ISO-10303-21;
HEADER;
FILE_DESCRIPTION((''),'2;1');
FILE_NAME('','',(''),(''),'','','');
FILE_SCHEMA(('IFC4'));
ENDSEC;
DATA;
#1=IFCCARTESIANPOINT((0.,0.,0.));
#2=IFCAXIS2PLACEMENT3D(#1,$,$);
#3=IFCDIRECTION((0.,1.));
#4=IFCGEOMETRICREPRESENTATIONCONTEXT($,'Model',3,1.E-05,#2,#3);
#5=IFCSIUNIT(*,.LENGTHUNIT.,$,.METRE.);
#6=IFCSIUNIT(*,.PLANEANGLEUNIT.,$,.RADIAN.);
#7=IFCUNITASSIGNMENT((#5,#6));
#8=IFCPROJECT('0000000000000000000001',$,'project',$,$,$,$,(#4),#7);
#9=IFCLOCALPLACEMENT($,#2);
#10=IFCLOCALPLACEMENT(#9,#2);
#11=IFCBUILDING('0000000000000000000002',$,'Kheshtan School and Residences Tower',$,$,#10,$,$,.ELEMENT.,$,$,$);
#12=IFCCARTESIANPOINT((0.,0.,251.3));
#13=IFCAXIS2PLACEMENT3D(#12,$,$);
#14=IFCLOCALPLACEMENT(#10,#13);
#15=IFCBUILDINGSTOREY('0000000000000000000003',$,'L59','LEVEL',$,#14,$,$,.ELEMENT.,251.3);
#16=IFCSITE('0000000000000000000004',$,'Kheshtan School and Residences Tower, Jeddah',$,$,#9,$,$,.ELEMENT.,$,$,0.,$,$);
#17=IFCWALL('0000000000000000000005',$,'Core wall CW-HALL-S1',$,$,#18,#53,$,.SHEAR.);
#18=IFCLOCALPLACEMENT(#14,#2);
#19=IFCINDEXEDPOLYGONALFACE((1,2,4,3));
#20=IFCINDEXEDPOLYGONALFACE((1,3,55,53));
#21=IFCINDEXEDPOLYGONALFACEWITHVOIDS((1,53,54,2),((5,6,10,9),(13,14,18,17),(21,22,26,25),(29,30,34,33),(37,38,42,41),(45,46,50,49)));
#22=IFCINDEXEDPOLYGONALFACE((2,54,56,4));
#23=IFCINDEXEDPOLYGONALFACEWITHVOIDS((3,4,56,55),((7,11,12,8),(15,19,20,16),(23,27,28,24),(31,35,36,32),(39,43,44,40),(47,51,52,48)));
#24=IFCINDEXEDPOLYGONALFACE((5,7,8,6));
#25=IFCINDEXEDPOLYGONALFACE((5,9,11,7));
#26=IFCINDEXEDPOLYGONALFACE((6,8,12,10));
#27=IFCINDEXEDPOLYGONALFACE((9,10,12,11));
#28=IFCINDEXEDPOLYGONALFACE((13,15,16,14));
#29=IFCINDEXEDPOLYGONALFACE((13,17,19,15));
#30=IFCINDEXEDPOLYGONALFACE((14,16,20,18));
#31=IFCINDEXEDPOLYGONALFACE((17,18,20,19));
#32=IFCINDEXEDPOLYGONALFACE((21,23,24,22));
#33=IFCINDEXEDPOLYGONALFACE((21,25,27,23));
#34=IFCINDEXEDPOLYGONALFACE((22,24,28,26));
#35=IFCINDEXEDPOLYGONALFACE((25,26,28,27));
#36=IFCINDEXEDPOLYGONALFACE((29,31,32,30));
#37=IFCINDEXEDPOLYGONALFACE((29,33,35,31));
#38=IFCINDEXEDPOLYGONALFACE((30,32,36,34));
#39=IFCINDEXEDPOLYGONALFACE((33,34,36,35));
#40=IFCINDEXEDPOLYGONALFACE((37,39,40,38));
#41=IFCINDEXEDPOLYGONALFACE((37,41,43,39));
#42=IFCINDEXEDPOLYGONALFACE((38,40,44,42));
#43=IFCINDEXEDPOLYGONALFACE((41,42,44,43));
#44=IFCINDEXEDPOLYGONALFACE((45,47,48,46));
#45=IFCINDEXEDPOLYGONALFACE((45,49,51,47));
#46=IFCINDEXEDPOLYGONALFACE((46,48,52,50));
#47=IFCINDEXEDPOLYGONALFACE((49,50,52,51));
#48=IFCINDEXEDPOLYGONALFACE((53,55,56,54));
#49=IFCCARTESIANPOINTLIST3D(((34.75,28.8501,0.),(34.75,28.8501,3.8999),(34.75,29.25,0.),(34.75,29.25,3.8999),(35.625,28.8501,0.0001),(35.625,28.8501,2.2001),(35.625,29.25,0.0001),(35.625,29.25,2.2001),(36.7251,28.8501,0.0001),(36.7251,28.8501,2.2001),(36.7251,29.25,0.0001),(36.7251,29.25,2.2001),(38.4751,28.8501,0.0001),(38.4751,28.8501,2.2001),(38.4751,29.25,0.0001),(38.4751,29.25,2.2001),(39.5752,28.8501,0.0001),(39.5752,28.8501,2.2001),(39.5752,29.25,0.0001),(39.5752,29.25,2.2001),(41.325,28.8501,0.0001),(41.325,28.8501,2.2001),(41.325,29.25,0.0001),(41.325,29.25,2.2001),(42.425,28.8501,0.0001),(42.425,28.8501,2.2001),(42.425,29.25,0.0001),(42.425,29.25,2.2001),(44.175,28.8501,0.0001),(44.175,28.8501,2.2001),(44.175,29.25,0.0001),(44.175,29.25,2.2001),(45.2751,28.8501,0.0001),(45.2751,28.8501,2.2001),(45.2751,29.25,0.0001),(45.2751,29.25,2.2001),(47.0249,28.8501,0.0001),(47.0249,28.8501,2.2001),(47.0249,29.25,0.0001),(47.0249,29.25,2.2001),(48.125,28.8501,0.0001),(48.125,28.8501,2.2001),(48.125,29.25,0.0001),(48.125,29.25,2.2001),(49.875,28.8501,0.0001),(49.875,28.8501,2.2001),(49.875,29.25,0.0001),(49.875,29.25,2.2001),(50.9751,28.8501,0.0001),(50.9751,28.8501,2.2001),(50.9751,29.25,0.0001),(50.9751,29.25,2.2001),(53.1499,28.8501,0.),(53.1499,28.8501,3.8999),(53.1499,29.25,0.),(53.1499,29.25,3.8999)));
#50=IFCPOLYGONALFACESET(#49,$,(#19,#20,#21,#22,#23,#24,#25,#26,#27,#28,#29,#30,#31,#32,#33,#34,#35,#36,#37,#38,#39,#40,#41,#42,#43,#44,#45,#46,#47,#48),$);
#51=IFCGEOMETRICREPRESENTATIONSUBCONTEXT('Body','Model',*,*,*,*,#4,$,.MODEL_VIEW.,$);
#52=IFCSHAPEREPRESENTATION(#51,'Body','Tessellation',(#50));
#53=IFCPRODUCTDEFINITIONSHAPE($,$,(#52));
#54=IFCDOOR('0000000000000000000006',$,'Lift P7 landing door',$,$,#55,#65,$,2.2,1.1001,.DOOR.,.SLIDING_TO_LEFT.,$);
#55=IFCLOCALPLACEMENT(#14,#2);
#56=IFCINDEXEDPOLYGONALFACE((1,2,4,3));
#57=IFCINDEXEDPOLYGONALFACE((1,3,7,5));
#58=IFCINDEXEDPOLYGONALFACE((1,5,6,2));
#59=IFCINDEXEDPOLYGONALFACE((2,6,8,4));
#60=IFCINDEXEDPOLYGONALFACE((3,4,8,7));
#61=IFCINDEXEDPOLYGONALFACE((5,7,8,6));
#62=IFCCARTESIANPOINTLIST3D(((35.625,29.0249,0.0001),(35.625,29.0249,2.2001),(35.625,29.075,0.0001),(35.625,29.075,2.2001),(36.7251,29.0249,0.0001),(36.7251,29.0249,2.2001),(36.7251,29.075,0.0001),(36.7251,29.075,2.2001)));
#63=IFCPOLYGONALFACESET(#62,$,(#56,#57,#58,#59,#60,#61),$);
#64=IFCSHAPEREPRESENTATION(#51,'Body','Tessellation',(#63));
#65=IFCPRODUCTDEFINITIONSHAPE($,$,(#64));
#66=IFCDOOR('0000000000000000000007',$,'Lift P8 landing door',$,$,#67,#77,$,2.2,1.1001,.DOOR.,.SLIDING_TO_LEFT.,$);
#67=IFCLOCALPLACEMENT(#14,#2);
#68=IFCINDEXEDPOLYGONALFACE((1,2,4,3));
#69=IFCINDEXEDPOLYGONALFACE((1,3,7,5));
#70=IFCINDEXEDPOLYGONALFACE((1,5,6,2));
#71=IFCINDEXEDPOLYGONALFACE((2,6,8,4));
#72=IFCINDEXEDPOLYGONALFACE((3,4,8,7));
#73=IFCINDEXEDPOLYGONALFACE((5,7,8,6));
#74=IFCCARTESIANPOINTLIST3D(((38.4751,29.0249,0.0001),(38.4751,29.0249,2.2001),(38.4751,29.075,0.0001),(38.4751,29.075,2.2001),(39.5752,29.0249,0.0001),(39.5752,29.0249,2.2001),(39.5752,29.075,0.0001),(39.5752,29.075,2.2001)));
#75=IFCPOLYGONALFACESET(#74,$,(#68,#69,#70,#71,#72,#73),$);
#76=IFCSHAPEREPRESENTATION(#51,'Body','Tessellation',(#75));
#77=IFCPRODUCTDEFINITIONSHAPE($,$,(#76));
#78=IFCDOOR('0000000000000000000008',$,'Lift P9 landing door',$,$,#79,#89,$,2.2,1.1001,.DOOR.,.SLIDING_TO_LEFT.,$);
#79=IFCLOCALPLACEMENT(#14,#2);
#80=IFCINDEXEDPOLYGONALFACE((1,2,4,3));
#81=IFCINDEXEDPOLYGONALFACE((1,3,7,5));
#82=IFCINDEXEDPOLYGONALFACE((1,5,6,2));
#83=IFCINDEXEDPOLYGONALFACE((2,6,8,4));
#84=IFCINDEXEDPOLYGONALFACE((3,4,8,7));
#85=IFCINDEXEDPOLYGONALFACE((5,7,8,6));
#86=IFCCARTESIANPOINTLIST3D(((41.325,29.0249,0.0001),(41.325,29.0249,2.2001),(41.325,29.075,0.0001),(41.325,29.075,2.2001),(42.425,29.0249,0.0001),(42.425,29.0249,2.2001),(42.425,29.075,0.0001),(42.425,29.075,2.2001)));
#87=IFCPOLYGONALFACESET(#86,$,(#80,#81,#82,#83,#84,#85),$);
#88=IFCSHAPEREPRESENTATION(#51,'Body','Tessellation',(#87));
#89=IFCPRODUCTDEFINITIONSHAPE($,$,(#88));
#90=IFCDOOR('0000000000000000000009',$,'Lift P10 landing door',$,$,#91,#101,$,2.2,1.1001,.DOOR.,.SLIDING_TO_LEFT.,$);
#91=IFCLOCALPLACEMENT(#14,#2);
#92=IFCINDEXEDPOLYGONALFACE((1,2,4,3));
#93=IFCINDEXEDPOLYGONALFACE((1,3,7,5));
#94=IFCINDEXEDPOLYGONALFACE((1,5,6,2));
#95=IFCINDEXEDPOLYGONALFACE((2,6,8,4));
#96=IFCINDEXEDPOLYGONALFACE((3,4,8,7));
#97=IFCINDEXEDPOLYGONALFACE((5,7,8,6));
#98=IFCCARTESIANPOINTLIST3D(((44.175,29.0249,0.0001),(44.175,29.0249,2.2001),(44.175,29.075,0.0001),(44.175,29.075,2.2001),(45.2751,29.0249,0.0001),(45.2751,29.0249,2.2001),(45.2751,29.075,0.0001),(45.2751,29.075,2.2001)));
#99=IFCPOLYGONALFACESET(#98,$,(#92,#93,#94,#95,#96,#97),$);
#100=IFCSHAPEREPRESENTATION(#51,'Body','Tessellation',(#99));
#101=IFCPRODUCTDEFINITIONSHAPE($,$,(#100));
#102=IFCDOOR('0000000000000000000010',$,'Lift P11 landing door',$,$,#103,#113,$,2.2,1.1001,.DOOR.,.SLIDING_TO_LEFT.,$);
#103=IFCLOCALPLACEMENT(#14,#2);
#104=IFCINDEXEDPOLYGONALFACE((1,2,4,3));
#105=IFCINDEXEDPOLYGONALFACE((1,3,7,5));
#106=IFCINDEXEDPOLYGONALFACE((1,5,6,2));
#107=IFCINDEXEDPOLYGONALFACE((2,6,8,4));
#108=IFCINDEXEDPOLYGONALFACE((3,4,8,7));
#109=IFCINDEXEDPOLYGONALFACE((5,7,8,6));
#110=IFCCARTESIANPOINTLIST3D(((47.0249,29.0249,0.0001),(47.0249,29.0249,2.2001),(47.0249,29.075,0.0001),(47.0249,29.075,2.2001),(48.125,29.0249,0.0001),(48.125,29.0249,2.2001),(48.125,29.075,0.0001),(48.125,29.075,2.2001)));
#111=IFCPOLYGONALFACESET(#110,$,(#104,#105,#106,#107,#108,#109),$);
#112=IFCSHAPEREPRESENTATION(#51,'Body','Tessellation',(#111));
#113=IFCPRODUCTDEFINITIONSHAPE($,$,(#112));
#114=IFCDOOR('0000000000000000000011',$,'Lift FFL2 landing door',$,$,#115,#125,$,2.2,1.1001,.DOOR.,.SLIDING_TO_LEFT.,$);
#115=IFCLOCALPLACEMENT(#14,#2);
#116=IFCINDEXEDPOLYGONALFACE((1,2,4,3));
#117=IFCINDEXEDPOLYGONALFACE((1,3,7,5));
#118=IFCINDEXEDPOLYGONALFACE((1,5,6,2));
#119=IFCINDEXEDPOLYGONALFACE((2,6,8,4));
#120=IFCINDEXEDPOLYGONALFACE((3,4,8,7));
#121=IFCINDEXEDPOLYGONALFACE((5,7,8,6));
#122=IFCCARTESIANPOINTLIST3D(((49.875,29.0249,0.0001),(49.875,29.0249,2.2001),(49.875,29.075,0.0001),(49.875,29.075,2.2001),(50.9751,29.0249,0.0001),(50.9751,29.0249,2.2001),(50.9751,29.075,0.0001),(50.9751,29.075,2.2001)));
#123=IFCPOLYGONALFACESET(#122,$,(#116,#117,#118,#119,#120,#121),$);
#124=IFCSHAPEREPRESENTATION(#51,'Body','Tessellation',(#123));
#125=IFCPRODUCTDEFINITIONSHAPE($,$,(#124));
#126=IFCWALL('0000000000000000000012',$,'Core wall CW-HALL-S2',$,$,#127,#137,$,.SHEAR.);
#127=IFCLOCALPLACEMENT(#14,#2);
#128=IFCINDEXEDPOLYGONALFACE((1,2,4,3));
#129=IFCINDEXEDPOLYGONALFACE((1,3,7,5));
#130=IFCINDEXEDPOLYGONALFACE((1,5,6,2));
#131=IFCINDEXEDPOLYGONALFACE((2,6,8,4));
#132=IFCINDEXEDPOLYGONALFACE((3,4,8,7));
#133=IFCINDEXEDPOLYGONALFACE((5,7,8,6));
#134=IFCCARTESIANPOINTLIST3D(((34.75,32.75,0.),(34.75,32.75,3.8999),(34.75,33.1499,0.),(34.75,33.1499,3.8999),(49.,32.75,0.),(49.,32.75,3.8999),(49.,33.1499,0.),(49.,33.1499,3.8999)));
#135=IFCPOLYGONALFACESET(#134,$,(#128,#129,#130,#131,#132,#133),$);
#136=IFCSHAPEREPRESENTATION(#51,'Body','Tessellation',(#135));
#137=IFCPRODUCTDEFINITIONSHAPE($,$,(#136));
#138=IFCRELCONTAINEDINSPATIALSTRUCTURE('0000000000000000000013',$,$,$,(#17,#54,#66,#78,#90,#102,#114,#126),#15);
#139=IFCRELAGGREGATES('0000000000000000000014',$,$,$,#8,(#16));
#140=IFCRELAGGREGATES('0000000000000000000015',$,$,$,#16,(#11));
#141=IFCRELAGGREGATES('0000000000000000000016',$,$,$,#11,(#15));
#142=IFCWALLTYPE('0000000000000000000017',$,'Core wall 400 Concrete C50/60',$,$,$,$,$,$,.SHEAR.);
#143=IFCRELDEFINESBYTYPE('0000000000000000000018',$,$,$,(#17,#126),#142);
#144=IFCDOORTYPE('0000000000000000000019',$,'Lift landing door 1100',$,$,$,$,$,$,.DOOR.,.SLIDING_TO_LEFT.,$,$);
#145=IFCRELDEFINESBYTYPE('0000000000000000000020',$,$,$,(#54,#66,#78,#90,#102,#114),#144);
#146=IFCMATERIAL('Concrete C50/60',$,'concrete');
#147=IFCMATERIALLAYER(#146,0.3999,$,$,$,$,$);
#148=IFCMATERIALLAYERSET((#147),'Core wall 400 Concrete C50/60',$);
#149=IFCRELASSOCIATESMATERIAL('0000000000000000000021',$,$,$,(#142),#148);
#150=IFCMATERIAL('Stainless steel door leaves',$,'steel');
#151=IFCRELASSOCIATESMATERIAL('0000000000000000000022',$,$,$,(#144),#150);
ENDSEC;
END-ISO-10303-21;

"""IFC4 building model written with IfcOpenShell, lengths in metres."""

from ifc_helpers import new_model, si_unit, direction, frame, frame_2d, origin, place, context, subcontext, project, spatial, rectangle, extrude, source, transform, mapped, material, layer, layer_set, type_object, element, fill, save


model = new_model("IFC4")

# Units and contexts
model_context = context("Model", 3, precision=1e-05, world=origin(), true_north=direction((0.0, 1.0)))
body_context = subcontext(model_context, "Body", "Model", "MODEL_VIEW")
ifc_project = project(units=[si_unit("LENGTHUNIT", "METRE"), si_unit("PLANEANGLEUNIT", "RADIAN")], contexts=[model_context])

# Site, building, storey
site_placement = place(None, origin())
site = spatial("IfcSite", under=ifc_project, at=site_placement, Name="Kheshtan School and Residences Tower, Jeddah", CompositionType="ELEMENT", RefElevation=0.0)
building_placement = place(site_placement, origin())
building = spatial("IfcBuilding", under=site, at=building_placement, Name="Kheshtan School and Residences Tower", CompositionType="ELEMENT")
storey_placement = place(building_placement, frame((0.0, 0.0, 251.3)))
storey = spatial("IfcBuildingStorey", under=building, at=storey_placement, Name="L59", Description="LEVEL", CompositionType="ELEMENT", Elevation=251.3)

# Wall, openings, doors
ifc_material_1 = material(Name="Concrete C50/60", Category="concrete")
ifc_layer_1 = layer(ifc_material_1, 0.3999)
ifc_layer_set_1 = layer_set([ifc_layer_1], Name="Core wall 400 Concrete C50/60")
wall_type_1 = type_object("IfcWallType", Name="Core wall 400 Concrete C50/60", PredefinedType="SHEAR", material=ifc_layer_set_1)
wall_1_placement = place(storey_placement, frame((34.75, 29.05, 0.0), z_axis=(0.0, 0.0, 1.0), x_axis=(1.0, 0.0, 0.0)))
wall_1 = element("IfcWall", 1, at=wall_1_placement, inside=storey, type_object=wall_type_1, Name="Core wall CW-HALL-S1", PredefinedType="SHEAR", context=body_context, shape_type="SweptSolid", body=[
    extrude(rectangle(XDim=18.3999, YDim=0.3999, at=frame_2d((9.2, 0.0))), origin(), (0.0, 0.0, 1.0), 3.8999),
])
opening_1_placement = place(wall_1_placement, frame((0.875, 0.0, 0.0)))
opening_1 = element("IfcOpeningElement", 2, at=opening_1_placement, cuts=wall_1, PredefinedType="OPENING", context=body_context, shape_type="SweptSolid", body=[
    extrude(rectangle(XDim=1.1001, YDim=2.2, at=frame_2d((0.55, 1.1001))), frame((0.0, 0.21, 0.0), z_axis=(0.0, -1.0, 0.0), x_axis=(1.0, 0.0, 0.0)), (0.0, 0.0, 1.0), 0.4199),
])
opening_2_placement = place(wall_1_placement, frame((3.7251, 0.0, 0.0)))
opening_2 = element("IfcOpeningElement", 3, at=opening_2_placement, cuts=wall_1, PredefinedType="OPENING", context=body_context, shape_type="SweptSolid", body=[
    extrude(rectangle(XDim=1.1001, YDim=2.2, at=frame_2d((0.55, 1.1001))), frame((0.0, 0.21, 0.0), z_axis=(0.0, -1.0, 0.0), x_axis=(1.0, 0.0, 0.0)), (0.0, 0.0, 1.0), 0.4199),
])
opening_3_placement = place(wall_1_placement, frame((6.575, 0.0, 0.0)))
opening_3 = element("IfcOpeningElement", 4, at=opening_3_placement, cuts=wall_1, PredefinedType="OPENING", context=body_context, shape_type="SweptSolid", body=[
    extrude(rectangle(XDim=1.1001, YDim=2.2, at=frame_2d((0.55, 1.1001))), frame((0.0, 0.21, 0.0), z_axis=(0.0, -1.0, 0.0), x_axis=(1.0, 0.0, 0.0)), (0.0, 0.0, 1.0), 0.4199),
])
opening_4_placement = place(wall_1_placement, frame((9.425, 0.0, 0.0)))
opening_4 = element("IfcOpeningElement", 5, at=opening_4_placement, cuts=wall_1, PredefinedType="OPENING", context=body_context, shape_type="SweptSolid", body=[
    extrude(rectangle(XDim=1.1001, YDim=2.2, at=frame_2d((0.55, 1.1001))), frame((0.0, 0.21, 0.0), z_axis=(0.0, -1.0, 0.0), x_axis=(1.0, 0.0, 0.0)), (0.0, 0.0, 1.0), 0.4199),
])
opening_5_placement = place(wall_1_placement, frame((12.2749, 0.0, 0.0)))
opening_5 = element("IfcOpeningElement", 6, at=opening_5_placement, cuts=wall_1, PredefinedType="OPENING", context=body_context, shape_type="SweptSolid", body=[
    extrude(rectangle(XDim=1.1001, YDim=2.2, at=frame_2d((0.55, 1.1001))), frame((0.0, 0.21, 0.0), z_axis=(0.0, -1.0, 0.0), x_axis=(1.0, 0.0, 0.0)), (0.0, 0.0, 1.0), 0.4199),
])
opening_6_placement = place(wall_1_placement, frame((15.125, 0.0, 0.0)))
opening_6 = element("IfcOpeningElement", 7, at=opening_6_placement, cuts=wall_1, PredefinedType="OPENING", context=body_context, shape_type="SweptSolid", body=[
    extrude(rectangle(XDim=1.1001, YDim=2.2, at=frame_2d((0.55, 1.1001))), frame((0.0, 0.21, 0.0), z_axis=(0.0, -1.0, 0.0), x_axis=(1.0, 0.0, 0.0)), (0.0, 0.0, 1.0), 0.4199),
])
ifc_material_2 = material(Name="Stainless steel door leaves", Category="steel")
door_type_1 = type_object("IfcDoorType", Name="Lift landing door 1100", OperationType="SLIDING_TO_LEFT", PredefinedType="DOOR", material=ifc_material_2)
shared_shape_1 = source(origin(), body_context, "Body", "SweptSolid", [
    extrude(rectangle(XDim=1.1001, YDim=2.2, at=frame_2d((0.55, 1.1001))), frame((0.0, 0.0249, 0.0), z_axis=(0.0, -1.0, 0.0), x_axis=(1.0, 0.0, 0.0)), (0.0, 0.0, 1.0), 0.05),
])
door_1_placement = place(opening_1_placement, origin())
door_1 = element("IfcDoor", 8, at=door_1_placement, inside=storey, type_object=door_type_1, Name="Lift P7 landing door", OperationType="SLIDING_TO_LEFT", OverallHeight=2.2, OverallWidth=1.1001, PredefinedType="DOOR", context=body_context, shape_type="MappedRepresentation", body=[
    mapped(shared_shape_1, transform((0.0, 0.0, 0.0), x_axis=(1.0, 0.0, 0.0), y_axis=(0.0, 1.0, 0.0), z_axis=(0.0, 0.0, 1.0), scale=1.0)),
])
fill(opening_1, door_1)
door_2_placement = place(opening_2_placement, origin())
door_2 = element("IfcDoor", 9, at=door_2_placement, inside=storey, type_object=door_type_1, Name="Lift P8 landing door", OperationType="SLIDING_TO_LEFT", OverallHeight=2.2, OverallWidth=1.1001, PredefinedType="DOOR", context=body_context, shape_type="MappedRepresentation", body=[
    mapped(shared_shape_1, transform((0.0, 0.0, 0.0), x_axis=(1.0, 0.0, 0.0), y_axis=(0.0, 1.0, 0.0), z_axis=(0.0, 0.0, 1.0), scale=1.0)),
])
fill(opening_2, door_2)
door_3_placement = place(opening_3_placement, origin())
door_3 = element("IfcDoor", 10, at=door_3_placement, inside=storey, type_object=door_type_1, Name="Lift P9 landing door", OperationType="SLIDING_TO_LEFT", OverallHeight=2.2, OverallWidth=1.1001, PredefinedType="DOOR", context=body_context, shape_type="MappedRepresentation", body=[
    mapped(shared_shape_1, transform((0.0, 0.0, 0.0), x_axis=(1.0, 0.0, 0.0), y_axis=(0.0, 1.0, 0.0), z_axis=(0.0, 0.0, 1.0), scale=1.0)),
])
fill(opening_3, door_3)
door_4_placement = place(opening_4_placement, origin())
door_4 = element("IfcDoor", 11, at=door_4_placement, inside=storey, type_object=door_type_1, Name="Lift P10 landing door", OperationType="SLIDING_TO_LEFT", OverallHeight=2.2, OverallWidth=1.1001, PredefinedType="DOOR", context=body_context, shape_type="MappedRepresentation", body=[
    mapped(shared_shape_1, transform((0.0, 0.0, 0.0), x_axis=(1.0, 0.0, 0.0), y_axis=(0.0, 1.0, 0.0), z_axis=(0.0, 0.0, 1.0), scale=1.0)),
])
fill(opening_4, door_4)
door_5_placement = place(opening_5_placement, origin())
door_5 = element("IfcDoor", 12, at=door_5_placement, inside=storey, type_object=door_type_1, Name="Lift P11 landing door", OperationType="SLIDING_TO_LEFT", OverallHeight=2.2, OverallWidth=1.1001, PredefinedType="DOOR", context=body_context, shape_type="MappedRepresentation", body=[
    mapped(shared_shape_1, transform((0.0, 0.0, 0.0), x_axis=(1.0, 0.0, 0.0), y_axis=(0.0, 1.0, 0.0), z_axis=(0.0, 0.0, 1.0), scale=1.0)),
])
fill(opening_5, door_5)
door_6_placement = place(opening_6_placement, origin())
door_6 = element("IfcDoor", 13, at=door_6_placement, inside=storey, type_object=door_type_1, Name="Lift FFL2 landing door", OperationType="SLIDING_TO_LEFT", OverallHeight=2.2, OverallWidth=1.1001, PredefinedType="DOOR", context=body_context, shape_type="MappedRepresentation", body=[
    mapped(shared_shape_1, transform((0.0, 0.0, 0.0), x_axis=(1.0, 0.0, 0.0), y_axis=(0.0, 1.0, 0.0), z_axis=(0.0, 0.0, 1.0), scale=1.0)),
])
fill(opening_6, door_6)

# Wall
wall_2_placement = place(storey_placement, frame((34.75, 32.95, 0.0), z_axis=(0.0, 0.0, 1.0), x_axis=(1.0, 0.0, 0.0)))
element("IfcWall", 14, at=wall_2_placement, inside=storey, type_object=wall_type_1, Name="Core wall CW-HALL-S2", PredefinedType="SHEAR", context=body_context, shape_type="SweptSolid", body=[
    extrude(rectangle(XDim=14.25, YDim=0.3999, at=frame_2d((7.125, 0.0))), origin(), (0.0, 0.0, 1.0), 3.8999),
])

save(model, "model.ifc")
